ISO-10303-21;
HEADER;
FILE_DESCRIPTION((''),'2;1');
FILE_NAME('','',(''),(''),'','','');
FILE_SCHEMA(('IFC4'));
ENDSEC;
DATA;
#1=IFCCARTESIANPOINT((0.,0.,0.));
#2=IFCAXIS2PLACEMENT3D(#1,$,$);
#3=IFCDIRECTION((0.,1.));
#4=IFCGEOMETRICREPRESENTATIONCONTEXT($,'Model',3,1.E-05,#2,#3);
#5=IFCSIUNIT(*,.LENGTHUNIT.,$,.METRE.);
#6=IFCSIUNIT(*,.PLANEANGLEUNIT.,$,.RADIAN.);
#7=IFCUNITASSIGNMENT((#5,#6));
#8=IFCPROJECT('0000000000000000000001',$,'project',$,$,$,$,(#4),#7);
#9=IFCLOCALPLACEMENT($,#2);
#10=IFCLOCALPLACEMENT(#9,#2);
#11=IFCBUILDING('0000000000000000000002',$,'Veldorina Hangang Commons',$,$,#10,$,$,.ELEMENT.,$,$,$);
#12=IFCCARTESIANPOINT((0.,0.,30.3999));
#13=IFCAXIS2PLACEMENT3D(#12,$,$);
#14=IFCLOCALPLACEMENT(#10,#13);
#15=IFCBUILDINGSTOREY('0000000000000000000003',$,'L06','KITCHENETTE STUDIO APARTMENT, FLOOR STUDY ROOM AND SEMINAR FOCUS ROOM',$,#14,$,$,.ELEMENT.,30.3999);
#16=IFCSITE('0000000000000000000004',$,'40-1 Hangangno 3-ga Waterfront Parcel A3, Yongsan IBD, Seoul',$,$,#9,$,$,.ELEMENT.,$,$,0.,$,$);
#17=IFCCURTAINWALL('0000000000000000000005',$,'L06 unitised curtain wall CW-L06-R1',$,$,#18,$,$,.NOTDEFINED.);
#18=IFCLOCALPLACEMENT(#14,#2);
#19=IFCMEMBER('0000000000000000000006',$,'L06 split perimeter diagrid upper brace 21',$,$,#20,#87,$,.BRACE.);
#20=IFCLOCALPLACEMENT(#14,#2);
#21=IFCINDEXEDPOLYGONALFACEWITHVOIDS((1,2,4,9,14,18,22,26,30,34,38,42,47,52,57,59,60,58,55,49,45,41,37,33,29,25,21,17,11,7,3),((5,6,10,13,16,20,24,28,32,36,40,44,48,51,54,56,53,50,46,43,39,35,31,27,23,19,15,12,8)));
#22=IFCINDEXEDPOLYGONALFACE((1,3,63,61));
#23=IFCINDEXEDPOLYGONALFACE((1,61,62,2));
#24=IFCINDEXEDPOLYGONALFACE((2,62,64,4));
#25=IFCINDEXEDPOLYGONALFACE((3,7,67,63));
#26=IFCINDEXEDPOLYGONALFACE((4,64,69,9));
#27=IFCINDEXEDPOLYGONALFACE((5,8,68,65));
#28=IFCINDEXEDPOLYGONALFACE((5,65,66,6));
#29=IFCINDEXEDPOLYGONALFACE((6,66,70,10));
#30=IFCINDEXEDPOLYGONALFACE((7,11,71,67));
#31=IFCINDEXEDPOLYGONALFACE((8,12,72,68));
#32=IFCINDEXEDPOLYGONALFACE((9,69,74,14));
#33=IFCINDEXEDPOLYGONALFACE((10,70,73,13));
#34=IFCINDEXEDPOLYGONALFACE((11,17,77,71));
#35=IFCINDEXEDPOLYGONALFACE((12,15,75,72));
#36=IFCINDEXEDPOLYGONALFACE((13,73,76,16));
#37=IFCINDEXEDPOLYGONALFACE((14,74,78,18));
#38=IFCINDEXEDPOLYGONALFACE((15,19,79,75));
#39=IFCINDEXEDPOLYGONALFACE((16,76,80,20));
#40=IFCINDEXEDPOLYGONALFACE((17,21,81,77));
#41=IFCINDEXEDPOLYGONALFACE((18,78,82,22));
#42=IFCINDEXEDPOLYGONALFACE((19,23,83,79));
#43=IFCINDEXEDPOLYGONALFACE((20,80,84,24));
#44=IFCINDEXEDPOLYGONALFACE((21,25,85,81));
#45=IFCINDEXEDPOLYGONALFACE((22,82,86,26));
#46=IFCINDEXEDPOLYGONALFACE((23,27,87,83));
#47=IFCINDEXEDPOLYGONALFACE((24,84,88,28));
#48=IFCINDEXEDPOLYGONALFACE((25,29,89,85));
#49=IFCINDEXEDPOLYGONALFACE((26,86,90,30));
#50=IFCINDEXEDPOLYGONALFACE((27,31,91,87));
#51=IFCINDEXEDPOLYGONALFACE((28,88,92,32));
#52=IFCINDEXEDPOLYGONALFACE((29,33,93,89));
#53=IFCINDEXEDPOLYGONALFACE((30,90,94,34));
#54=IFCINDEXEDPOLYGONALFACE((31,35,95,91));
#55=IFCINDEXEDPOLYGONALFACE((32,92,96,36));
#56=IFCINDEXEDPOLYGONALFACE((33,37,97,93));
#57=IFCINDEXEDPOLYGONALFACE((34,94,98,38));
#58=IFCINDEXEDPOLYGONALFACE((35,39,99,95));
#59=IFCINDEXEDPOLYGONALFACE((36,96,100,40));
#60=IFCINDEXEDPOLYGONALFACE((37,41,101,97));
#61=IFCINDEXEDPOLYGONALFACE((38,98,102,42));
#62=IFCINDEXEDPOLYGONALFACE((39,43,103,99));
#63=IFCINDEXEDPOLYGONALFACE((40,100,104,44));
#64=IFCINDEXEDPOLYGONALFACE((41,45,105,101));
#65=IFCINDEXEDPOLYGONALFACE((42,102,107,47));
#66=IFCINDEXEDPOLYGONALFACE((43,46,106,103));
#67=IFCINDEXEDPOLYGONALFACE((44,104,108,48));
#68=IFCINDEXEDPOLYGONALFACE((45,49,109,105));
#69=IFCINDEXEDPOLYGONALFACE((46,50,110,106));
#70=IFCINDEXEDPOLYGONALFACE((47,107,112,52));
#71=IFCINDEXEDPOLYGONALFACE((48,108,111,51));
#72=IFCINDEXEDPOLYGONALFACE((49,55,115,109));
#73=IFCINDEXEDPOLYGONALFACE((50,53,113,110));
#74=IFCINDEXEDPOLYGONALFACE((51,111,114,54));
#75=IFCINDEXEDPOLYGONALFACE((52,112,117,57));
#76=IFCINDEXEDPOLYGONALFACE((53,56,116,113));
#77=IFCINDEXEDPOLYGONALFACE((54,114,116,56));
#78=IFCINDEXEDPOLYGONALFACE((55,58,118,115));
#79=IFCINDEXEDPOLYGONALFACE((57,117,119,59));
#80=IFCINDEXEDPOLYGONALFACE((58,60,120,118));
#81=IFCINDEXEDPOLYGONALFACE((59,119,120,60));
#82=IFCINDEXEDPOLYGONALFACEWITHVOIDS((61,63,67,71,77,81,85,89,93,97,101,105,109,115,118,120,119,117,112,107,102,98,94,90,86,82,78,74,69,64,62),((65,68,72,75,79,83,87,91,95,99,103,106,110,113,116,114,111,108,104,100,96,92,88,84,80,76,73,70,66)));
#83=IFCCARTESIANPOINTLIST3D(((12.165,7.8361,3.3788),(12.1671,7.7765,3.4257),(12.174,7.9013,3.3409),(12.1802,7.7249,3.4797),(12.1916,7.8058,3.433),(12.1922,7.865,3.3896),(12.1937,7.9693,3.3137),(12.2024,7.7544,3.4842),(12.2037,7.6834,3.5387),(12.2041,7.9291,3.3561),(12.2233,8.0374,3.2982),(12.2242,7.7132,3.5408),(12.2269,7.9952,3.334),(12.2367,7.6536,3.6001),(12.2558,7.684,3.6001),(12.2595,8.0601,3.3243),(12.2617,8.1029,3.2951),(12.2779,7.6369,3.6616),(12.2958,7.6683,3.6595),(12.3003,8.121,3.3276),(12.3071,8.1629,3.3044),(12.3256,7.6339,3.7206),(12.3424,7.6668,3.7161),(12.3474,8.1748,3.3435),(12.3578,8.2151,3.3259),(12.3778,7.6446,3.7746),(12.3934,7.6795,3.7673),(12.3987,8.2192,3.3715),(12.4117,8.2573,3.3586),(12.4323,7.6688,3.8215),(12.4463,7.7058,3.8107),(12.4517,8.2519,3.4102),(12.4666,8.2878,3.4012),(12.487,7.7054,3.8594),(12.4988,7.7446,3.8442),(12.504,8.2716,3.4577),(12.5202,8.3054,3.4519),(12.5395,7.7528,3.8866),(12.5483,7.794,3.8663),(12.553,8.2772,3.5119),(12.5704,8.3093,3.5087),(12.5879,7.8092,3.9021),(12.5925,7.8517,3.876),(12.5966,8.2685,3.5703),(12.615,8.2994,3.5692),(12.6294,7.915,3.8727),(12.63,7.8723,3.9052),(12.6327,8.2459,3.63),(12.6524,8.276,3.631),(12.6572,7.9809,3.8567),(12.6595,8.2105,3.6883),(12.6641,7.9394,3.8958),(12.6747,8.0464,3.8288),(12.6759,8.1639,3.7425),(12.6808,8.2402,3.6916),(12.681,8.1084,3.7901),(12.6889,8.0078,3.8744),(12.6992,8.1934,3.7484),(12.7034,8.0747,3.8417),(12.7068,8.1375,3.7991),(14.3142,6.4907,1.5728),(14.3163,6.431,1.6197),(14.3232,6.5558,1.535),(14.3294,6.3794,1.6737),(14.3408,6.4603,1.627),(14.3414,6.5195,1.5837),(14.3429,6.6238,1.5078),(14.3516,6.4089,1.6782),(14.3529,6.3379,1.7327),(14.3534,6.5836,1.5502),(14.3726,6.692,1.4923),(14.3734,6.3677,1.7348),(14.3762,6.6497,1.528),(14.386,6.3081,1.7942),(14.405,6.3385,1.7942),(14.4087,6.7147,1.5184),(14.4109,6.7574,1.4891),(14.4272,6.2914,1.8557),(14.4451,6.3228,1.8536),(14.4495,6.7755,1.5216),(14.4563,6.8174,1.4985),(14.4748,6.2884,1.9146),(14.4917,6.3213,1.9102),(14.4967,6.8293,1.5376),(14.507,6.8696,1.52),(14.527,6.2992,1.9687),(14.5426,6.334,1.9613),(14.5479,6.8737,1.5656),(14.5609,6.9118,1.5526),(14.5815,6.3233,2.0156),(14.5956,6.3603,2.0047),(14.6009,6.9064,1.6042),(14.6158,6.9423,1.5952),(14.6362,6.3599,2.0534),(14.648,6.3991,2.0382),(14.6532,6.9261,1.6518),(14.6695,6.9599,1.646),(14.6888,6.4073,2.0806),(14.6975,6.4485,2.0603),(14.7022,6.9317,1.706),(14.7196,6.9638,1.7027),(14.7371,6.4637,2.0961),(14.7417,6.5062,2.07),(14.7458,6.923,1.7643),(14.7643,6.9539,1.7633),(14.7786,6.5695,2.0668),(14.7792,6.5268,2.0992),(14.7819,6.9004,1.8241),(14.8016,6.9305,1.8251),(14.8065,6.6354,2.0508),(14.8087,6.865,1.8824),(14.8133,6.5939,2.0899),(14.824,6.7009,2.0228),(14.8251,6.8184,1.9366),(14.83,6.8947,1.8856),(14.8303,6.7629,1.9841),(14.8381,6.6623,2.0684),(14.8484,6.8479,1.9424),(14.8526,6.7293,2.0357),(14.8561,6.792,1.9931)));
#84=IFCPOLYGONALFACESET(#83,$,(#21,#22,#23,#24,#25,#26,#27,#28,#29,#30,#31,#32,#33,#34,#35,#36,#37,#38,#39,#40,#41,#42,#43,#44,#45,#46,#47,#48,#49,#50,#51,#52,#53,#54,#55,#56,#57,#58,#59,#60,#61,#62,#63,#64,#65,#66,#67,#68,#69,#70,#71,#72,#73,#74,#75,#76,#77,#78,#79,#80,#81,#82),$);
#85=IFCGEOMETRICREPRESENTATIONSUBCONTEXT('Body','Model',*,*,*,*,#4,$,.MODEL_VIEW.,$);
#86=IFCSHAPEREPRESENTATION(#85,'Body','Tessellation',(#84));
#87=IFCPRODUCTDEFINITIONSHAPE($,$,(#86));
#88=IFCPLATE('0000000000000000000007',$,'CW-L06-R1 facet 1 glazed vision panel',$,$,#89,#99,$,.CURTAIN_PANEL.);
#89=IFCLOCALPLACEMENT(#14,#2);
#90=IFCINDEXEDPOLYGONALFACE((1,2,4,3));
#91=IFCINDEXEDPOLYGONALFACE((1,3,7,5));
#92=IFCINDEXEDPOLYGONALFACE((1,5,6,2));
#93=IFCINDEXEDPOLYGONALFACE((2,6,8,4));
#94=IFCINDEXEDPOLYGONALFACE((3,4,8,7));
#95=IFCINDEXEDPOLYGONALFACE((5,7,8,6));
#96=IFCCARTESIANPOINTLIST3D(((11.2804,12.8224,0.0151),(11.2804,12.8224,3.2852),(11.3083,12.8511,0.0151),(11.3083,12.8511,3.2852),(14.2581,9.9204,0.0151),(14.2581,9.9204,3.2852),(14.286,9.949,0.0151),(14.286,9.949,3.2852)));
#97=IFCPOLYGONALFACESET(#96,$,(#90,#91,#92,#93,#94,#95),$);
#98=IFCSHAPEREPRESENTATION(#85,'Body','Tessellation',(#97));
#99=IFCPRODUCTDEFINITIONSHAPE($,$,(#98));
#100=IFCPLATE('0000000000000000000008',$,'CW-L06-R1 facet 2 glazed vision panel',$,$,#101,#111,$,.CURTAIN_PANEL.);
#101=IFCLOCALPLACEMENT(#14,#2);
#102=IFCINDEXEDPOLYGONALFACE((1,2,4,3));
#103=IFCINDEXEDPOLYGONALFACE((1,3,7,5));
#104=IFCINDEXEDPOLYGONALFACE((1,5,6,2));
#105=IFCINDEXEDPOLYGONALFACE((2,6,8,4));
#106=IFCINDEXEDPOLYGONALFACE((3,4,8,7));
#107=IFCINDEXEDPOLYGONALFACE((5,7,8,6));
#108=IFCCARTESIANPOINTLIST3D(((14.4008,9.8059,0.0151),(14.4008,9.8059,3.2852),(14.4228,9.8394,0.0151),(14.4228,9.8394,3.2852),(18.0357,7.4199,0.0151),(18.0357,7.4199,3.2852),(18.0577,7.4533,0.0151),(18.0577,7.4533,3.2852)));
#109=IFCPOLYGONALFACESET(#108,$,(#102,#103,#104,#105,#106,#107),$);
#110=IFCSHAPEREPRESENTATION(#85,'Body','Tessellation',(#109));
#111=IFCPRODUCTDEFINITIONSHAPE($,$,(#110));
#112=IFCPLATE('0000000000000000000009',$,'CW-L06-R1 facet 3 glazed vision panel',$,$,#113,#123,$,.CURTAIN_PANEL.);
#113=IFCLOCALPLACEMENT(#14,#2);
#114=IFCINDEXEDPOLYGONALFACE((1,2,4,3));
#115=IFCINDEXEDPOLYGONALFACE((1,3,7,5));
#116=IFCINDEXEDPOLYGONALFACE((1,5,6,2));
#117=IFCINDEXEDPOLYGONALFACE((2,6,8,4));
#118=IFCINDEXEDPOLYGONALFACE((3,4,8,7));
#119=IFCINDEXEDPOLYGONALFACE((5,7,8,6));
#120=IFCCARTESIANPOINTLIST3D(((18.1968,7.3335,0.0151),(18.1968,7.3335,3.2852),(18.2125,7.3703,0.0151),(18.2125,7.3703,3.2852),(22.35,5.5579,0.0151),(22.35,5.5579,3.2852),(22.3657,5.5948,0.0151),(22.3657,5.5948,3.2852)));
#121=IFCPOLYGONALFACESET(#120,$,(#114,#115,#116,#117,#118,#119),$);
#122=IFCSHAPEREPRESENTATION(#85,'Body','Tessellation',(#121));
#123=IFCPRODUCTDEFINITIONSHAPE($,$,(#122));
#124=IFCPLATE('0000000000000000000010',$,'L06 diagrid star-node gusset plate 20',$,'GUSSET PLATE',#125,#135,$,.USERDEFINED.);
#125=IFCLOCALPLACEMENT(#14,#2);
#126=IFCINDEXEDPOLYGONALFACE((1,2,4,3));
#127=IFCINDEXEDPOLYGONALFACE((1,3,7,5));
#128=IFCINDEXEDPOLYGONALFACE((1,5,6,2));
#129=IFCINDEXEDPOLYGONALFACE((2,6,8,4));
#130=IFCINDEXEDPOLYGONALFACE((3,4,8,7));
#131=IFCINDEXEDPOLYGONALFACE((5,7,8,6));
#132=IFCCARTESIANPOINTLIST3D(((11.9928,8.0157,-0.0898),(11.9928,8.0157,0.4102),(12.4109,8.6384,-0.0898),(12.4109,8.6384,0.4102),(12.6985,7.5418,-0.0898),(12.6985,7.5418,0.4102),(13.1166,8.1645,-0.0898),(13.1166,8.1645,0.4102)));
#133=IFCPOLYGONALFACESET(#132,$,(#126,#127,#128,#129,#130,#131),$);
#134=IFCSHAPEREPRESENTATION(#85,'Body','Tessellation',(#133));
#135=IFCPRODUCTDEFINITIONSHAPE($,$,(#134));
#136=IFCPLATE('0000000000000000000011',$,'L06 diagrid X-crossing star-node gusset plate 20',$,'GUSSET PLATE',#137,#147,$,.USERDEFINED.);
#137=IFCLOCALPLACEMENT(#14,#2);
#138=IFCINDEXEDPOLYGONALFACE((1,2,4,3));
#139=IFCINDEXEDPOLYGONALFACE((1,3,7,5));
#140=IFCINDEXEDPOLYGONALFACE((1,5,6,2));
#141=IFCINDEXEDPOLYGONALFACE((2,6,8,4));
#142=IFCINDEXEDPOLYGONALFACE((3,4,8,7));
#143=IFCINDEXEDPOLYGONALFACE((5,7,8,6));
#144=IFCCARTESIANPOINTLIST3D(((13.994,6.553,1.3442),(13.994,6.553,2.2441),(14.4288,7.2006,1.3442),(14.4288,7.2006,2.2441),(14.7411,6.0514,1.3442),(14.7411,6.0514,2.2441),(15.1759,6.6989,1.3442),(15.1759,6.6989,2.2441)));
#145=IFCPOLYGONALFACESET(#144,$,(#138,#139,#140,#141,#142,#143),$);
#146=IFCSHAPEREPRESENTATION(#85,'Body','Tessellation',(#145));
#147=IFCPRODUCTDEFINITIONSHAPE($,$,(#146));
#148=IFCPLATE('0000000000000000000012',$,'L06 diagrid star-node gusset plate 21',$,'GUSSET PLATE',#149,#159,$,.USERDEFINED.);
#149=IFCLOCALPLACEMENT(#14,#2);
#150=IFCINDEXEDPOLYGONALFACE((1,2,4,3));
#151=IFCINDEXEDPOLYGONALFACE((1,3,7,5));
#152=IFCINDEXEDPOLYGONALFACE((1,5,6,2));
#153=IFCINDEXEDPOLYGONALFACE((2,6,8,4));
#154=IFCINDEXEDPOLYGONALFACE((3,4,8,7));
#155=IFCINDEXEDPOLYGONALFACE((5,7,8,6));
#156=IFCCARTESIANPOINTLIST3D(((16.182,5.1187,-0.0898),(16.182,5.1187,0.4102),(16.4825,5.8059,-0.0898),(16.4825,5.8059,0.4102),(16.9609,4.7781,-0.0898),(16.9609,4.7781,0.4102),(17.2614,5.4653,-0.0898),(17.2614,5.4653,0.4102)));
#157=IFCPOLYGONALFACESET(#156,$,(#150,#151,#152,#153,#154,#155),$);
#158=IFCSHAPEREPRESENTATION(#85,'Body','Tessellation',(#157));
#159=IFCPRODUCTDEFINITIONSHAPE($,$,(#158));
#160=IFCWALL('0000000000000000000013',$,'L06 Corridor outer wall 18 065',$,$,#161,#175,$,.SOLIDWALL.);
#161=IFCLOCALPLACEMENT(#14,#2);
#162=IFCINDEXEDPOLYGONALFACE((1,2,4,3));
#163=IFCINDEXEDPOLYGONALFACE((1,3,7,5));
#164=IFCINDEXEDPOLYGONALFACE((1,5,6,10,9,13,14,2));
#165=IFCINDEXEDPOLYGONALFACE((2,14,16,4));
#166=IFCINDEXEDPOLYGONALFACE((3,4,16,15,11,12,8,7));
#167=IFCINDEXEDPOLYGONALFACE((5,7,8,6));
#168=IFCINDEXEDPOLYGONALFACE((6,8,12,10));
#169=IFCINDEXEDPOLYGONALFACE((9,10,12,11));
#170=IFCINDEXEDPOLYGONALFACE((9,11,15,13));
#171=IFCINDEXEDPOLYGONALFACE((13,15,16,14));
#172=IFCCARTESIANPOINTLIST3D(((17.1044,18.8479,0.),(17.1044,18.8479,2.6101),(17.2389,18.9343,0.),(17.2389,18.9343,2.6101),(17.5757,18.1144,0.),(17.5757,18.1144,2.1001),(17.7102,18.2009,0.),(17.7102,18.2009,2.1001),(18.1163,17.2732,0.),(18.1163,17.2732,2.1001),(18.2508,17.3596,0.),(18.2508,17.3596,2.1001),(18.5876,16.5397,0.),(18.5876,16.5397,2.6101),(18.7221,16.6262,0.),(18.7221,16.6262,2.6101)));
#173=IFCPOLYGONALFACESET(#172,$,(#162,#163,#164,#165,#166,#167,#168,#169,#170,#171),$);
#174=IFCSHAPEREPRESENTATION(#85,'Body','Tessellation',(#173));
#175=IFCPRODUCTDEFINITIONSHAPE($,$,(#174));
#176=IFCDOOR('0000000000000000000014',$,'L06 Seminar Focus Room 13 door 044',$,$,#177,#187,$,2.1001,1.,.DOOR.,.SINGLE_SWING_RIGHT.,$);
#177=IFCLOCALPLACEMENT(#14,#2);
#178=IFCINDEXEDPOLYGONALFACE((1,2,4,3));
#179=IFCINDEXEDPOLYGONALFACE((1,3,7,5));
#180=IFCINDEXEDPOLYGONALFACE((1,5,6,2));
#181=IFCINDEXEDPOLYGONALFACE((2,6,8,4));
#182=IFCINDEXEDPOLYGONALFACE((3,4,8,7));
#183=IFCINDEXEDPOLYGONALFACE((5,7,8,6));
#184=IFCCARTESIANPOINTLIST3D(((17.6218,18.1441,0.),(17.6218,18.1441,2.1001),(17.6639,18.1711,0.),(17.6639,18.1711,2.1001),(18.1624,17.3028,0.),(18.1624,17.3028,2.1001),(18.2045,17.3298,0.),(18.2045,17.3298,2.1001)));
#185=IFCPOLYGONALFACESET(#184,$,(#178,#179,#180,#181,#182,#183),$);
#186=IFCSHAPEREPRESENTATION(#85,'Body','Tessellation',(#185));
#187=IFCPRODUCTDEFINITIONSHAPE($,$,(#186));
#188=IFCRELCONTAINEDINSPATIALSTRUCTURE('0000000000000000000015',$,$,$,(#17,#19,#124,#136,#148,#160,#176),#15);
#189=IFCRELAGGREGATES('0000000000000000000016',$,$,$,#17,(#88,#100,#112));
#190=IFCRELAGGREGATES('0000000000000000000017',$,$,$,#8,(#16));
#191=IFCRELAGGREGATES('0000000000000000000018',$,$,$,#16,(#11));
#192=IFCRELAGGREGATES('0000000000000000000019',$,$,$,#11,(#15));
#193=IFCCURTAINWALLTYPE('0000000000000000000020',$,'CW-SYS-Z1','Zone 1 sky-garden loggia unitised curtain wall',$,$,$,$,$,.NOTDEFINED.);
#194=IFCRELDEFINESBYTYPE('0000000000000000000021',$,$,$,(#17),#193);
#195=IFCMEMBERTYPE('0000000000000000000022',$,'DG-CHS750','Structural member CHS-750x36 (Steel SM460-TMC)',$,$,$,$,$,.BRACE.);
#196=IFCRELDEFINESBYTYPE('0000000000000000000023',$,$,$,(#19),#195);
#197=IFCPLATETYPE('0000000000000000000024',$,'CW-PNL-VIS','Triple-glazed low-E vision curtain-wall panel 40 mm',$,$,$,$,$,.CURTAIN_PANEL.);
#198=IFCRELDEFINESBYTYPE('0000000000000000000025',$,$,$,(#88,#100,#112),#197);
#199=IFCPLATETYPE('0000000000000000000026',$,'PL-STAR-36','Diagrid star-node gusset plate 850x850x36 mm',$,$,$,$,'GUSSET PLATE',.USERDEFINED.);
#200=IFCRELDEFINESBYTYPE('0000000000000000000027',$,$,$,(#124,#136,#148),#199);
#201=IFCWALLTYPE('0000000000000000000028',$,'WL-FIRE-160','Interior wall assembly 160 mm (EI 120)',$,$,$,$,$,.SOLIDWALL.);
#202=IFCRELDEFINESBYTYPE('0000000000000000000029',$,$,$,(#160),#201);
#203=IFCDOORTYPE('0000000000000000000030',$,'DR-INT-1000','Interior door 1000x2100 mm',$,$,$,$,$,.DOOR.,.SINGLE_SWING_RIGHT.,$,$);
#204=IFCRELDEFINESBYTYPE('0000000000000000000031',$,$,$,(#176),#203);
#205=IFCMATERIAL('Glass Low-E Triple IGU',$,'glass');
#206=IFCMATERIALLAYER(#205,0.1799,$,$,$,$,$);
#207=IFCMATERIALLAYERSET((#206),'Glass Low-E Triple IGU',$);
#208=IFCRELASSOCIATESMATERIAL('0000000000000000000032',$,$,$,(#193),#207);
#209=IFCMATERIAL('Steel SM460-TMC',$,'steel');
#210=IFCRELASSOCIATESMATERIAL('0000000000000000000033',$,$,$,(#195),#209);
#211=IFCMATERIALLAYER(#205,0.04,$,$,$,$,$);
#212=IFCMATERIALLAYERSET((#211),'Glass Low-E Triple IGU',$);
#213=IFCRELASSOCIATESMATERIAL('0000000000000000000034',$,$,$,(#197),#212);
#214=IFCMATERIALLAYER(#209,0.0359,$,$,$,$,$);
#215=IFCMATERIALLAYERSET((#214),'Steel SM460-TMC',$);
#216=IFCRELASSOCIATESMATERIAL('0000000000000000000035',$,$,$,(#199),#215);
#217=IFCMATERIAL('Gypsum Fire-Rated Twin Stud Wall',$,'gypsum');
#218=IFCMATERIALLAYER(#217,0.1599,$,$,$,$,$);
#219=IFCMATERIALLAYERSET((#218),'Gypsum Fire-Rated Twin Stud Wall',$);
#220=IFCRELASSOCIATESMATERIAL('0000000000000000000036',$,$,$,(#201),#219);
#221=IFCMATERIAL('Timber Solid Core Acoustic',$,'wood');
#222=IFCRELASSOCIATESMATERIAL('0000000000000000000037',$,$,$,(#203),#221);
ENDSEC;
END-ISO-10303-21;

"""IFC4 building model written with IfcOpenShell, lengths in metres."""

from ifc_helpers import new_model, si_unit, direction, frame, frame_2d, origin, origin_2d, place, context, subcontext, project, spatial, rectangle, hollow_circle, extrude, material, layer, layer_set, material_profile, profile_set, type_object, element, fill, aggregate, save


model = new_model("IFC4")

# Units and contexts
model_context = context("Model", 3, precision=1e-05, world=origin(), true_north=direction((0.0, 1.0)))
body_context = subcontext(model_context, "Body", "Model", "MODEL_VIEW")
ifc_project = project(units=[si_unit("LENGTHUNIT", "METRE"), si_unit("PLANEANGLEUNIT", "RADIAN")], contexts=[model_context])

# Site, building, storey
site_placement = place(None, origin())
site = spatial("IfcSite", under=ifc_project, at=site_placement, Name="40-1 Hangangno 3-ga Waterfront Parcel A3, Yongsan IBD, Seoul", CompositionType="ELEMENT", RefElevation=0.0)
building_placement = place(site_placement, origin())
building = spatial("IfcBuilding", under=site, at=building_placement, Name="Veldorina Hangang Commons", CompositionType="ELEMENT")
storey_placement = place(building_placement, frame((0.0, 0.0, 30.3999)))
storey = spatial("IfcBuildingStorey", under=building, at=storey_placement, Name="L06", Description="KITCHENETTE STUDIO APARTMENT, FLOOR STUDY ROOM AND SEMINAR FOCUS ROOM", CompositionType="ELEMENT", Elevation=30.3999)

# Shared definitions
ifc_material_1 = material(Name="Steel SM460-TMC", Category="steel")

# Curtain wall
ifc_material_2 = material(Name="Glass Low-E Triple IGU", Category="glass")
ifc_layer_1 = layer(ifc_material_2, 0.1799)
ifc_layer_set_1 = layer_set([ifc_layer_1], Name="Glass Low-E Triple IGU")
curtain_wall_type = type_object("IfcCurtainWallType", Name="CW-SYS-Z1", Description="Zone 1 sky-garden loggia unitised curtain wall", PredefinedType="NOTDEFINED", material=ifc_layer_set_1)
curtain_wall_placement = place(storey_placement, origin())
curtain_wall = element("IfcCurtainWall", 1, at=curtain_wall_placement, inside=storey, type_object=curtain_wall_type, Name="L06 unitised curtain wall CW-L06-R1", PredefinedType="NOTDEFINED")

# Member
ifc_material_profile_1 = material_profile(ifc_material_1, hollow_circle(Radius=0.375, WallThickness=0.0359, at=origin_2d()), Name="CHS-750x36")
ifc_profile_set_1 = profile_set([ifc_material_profile_1], Name="Steel SM460-TMC")
member_type_1 = type_object("IfcMemberType", Name="DG-CHS750", Description="Structural member CHS-750x36 (Steel SM460-TMC)", PredefinedType="BRACE", material=ifc_profile_set_1)
member_1_placement = place(storey_placement, frame((14.585, 6.626, 1.7942), z_axis=(-0.690395, 0.432213, 0.580126), x_axis=(-0.530631, -0.847603, 0.0)))
element("IfcMember", 2, at=member_1_placement, inside=storey, type_object=member_type_1, Name="L06 split perimeter diagrid upper brace 21", PredefinedType="BRACE", context=body_context, shape_type="SweptSolid", body=[
    extrude(hollow_circle(Radius=0.375, WallThickness=0.0359, at=origin_2d()), origin(), (0.0, 0.0, 1.0), 3.113),
])

# Plates
ifc_layer_2 = layer(ifc_material_2, 0.04)
ifc_layer_set_2 = layer_set([ifc_layer_2], Name="Glass Low-E Triple IGU")
plate_type_1 = type_object("IfcPlateType", Name="CW-PNL-VIS", Description="Triple-glazed low-E vision curtain-wall panel 40 mm", PredefinedType="CURTAIN_PANEL", material=ifc_layer_set_2)
plate_1_placement = place(storey_placement, frame((12.7832, 11.3857, 0.0151), z_axis=(0.0, 0.0, 1.0), x_axis=(0.716144, -0.697953, 0.0)))
plate_1 = element("IfcPlate", 3, at=plate_1_placement, type_object=plate_type_1, Name="CW-L06-R1 facet 1 glazed vision panel", PredefinedType="CURTAIN_PANEL", context=body_context, shape_type="SweptSolid", body=[
    extrude(rectangle(XDim=4.158, YDim=0.04, at=origin_2d()), origin(), (0.0, 0.0, 1.0), 3.27),
])
plate_2_placement = place(storey_placement, frame((16.2292, 8.6296, 0.0151), z_axis=(0.0, 0.0, 1.0), x_axis=(0.83598, -0.54876, 0.0)))
plate_2 = element("IfcPlate", 4, at=plate_2_placement, type_object=plate_type_1, Name="CW-L06-R1 facet 2 glazed vision panel", PredefinedType="CURTAIN_PANEL", context=body_context, shape_type="SweptSolid", body=[
    extrude(rectangle(XDim=4.3481, YDim=0.04, at=origin_2d()), origin(), (0.0, 0.0, 1.0), 3.27),
])
plate_3_placement = place(storey_placement, frame((20.2812, 6.4641, 0.0151), z_axis=(0.0, 0.0, 1.0), x_axis=(0.919499, -0.393092, 0.0)))
plate_3 = element("IfcPlate", 5, at=plate_3_placement, type_object=plate_type_1, Name="CW-L06-R1 facet 3 glazed vision panel", PredefinedType="CURTAIN_PANEL", context=body_context, shape_type="SweptSolid", body=[
    extrude(rectangle(XDim=4.5168, YDim=0.04, at=origin_2d()), origin(), (0.0, 0.0, 1.0), 3.27),
])
aggregate(curtain_wall, [plate_1, plate_2, plate_3])

# Plates
ifc_layer_3 = layer(ifc_material_1, 0.0359)
ifc_layer_set_3 = layer_set([ifc_layer_3], Name="Steel SM460-TMC")
plate_type_2 = type_object("IfcPlateType", Name="PL-STAR-36", Description="Diagrid star-node gusset plate 850x850x36 mm", ElementType="GUSSET PLATE", PredefinedType="USERDEFINED", material=ifc_layer_set_3)
plate_4_placement = place(storey_placement, frame((12.5547, 8.0901, -0.0898), z_axis=(0.0, 0.0, 1.0), x_axis=(0.830197, -0.55747, 0.0)))
element("IfcPlate", 6, at=plate_4_placement, inside=storey, type_object=plate_type_2, Name="L06 diagrid star-node gusset plate 20", ObjectType="GUSSET PLATE", PredefinedType="USERDEFINED", context=body_context, shape_type="SweptSolid", body=[
    extrude(rectangle(XDim=0.8501, YDim=0.75, at=origin_2d()), origin(), (0.0, 0.0, 1.0), 0.5),
])
plate_5_placement = place(storey_placement, frame((14.585, 6.626, 1.3442), z_axis=(0.0, 0.0, 1.0), x_axis=(0.830197, -0.55747, 0.0)))
element("IfcPlate", 7, at=plate_5_placement, inside=storey, type_object=plate_type_2, Name="L06 diagrid X-crossing star-node gusset plate 20", ObjectType="GUSSET PLATE", PredefinedType="USERDEFINED", context=body_context, shape_type="SweptSolid", body=[
    extrude(rectangle(XDim=0.8999, YDim=0.78, at=origin_2d()), origin(), (0.0, 0.0, 1.0), 0.8999),
])
plate_6_placement = place(storey_placement, frame((16.7217, 5.292, -0.0898), z_axis=(0.0, 0.0, 1.0), x_axis=(0.916216, -0.400685, 0.0)))
element("IfcPlate", 8, at=plate_6_placement, inside=storey, type_object=plate_type_2, Name="L06 diagrid star-node gusset plate 21", ObjectType="GUSSET PLATE", PredefinedType="USERDEFINED", context=body_context, shape_type="SweptSolid", body=[
    extrude(rectangle(XDim=0.8501, YDim=0.75, at=origin_2d()), origin(), (0.0, 0.0, 1.0), 0.5),
])

# Wall, opening, door
ifc_material_3 = material(Name="Gypsum Fire-Rated Twin Stud Wall", Category="gypsum")
ifc_layer_4 = layer(ifc_material_3, 0.1599)
ifc_layer_set_4 = layer_set([ifc_layer_4], Name="Gypsum Fire-Rated Twin Stud Wall")
wall_type_1 = type_object("IfcWallType", Name="WL-FIRE-160", Description="Interior wall assembly 160 mm (EI 120)", PredefinedType="SOLIDWALL", material=ifc_layer_set_4)
wall_1_placement = place(storey_placement, frame((17.1716, 18.8911, 0.0), z_axis=(0.0, 0.0, 1.0), x_axis=(0.540596, -0.841283, 0.0)))
wall_1 = element("IfcWall", 9, at=wall_1_placement, inside=storey, type_object=wall_type_1, Name="L06 Corridor outer wall 18 065", PredefinedType="SOLIDWALL", context=body_context, shape_type="SweptSolid", body=[
    extrude(rectangle(XDim=2.7437, YDim=0.1599, at=frame_2d((1.3718, 0.0))), origin(), (0.0, 0.0, 1.0), 2.6101),
])
opening_1_placement = place(wall_1_placement, frame((0.8718, 0.0, 0.0)))
opening_1 = element("IfcOpeningElement", 10, at=opening_1_placement, cuts=wall_1, PredefinedType="OPENING", context=body_context, shape_type="SweptSolid", body=[
    extrude(rectangle(XDim=1.0, YDim=2.1001, at=frame_2d((0.5, 1.05))), frame((0.0, 0.0898, 0.0), z_axis=(0.0, -1.0, 0.0), x_axis=(1.0, 0.0, 0.0)), (0.0, 0.0, 1.0), 0.1799),
])
ifc_material_4 = material(Name="Timber Solid Core Acoustic", Category="wood")
door_type_1 = type_object("IfcDoorType", Name="DR-INT-1000", Description="Interior door 1000x2100 mm", OperationType="SINGLE_SWING_RIGHT", PredefinedType="DOOR", material=ifc_material_4)
door_1_placement = place(opening_1_placement, origin())
door_1 = element("IfcDoor", 11, at=door_1_placement, inside=storey, type_object=door_type_1, Name="L06 Seminar Focus Room 13 door 044", OperationType="SINGLE_SWING_RIGHT", OverallHeight=2.1001, OverallWidth=1.0, PredefinedType="DOOR", context=body_context, shape_type="SweptSolid", body=[
    extrude(rectangle(XDim=1.0, YDim=2.1001, at=frame_2d((0.5, 1.05))), frame((0.0, 0.0249, 0.0), z_axis=(0.0, -1.0, 0.0), x_axis=(1.0, 0.0, 0.0)), (0.0, 0.0, 1.0), 0.05),
])
fill(opening_1, door_1)

save(model, "model.ifc")
